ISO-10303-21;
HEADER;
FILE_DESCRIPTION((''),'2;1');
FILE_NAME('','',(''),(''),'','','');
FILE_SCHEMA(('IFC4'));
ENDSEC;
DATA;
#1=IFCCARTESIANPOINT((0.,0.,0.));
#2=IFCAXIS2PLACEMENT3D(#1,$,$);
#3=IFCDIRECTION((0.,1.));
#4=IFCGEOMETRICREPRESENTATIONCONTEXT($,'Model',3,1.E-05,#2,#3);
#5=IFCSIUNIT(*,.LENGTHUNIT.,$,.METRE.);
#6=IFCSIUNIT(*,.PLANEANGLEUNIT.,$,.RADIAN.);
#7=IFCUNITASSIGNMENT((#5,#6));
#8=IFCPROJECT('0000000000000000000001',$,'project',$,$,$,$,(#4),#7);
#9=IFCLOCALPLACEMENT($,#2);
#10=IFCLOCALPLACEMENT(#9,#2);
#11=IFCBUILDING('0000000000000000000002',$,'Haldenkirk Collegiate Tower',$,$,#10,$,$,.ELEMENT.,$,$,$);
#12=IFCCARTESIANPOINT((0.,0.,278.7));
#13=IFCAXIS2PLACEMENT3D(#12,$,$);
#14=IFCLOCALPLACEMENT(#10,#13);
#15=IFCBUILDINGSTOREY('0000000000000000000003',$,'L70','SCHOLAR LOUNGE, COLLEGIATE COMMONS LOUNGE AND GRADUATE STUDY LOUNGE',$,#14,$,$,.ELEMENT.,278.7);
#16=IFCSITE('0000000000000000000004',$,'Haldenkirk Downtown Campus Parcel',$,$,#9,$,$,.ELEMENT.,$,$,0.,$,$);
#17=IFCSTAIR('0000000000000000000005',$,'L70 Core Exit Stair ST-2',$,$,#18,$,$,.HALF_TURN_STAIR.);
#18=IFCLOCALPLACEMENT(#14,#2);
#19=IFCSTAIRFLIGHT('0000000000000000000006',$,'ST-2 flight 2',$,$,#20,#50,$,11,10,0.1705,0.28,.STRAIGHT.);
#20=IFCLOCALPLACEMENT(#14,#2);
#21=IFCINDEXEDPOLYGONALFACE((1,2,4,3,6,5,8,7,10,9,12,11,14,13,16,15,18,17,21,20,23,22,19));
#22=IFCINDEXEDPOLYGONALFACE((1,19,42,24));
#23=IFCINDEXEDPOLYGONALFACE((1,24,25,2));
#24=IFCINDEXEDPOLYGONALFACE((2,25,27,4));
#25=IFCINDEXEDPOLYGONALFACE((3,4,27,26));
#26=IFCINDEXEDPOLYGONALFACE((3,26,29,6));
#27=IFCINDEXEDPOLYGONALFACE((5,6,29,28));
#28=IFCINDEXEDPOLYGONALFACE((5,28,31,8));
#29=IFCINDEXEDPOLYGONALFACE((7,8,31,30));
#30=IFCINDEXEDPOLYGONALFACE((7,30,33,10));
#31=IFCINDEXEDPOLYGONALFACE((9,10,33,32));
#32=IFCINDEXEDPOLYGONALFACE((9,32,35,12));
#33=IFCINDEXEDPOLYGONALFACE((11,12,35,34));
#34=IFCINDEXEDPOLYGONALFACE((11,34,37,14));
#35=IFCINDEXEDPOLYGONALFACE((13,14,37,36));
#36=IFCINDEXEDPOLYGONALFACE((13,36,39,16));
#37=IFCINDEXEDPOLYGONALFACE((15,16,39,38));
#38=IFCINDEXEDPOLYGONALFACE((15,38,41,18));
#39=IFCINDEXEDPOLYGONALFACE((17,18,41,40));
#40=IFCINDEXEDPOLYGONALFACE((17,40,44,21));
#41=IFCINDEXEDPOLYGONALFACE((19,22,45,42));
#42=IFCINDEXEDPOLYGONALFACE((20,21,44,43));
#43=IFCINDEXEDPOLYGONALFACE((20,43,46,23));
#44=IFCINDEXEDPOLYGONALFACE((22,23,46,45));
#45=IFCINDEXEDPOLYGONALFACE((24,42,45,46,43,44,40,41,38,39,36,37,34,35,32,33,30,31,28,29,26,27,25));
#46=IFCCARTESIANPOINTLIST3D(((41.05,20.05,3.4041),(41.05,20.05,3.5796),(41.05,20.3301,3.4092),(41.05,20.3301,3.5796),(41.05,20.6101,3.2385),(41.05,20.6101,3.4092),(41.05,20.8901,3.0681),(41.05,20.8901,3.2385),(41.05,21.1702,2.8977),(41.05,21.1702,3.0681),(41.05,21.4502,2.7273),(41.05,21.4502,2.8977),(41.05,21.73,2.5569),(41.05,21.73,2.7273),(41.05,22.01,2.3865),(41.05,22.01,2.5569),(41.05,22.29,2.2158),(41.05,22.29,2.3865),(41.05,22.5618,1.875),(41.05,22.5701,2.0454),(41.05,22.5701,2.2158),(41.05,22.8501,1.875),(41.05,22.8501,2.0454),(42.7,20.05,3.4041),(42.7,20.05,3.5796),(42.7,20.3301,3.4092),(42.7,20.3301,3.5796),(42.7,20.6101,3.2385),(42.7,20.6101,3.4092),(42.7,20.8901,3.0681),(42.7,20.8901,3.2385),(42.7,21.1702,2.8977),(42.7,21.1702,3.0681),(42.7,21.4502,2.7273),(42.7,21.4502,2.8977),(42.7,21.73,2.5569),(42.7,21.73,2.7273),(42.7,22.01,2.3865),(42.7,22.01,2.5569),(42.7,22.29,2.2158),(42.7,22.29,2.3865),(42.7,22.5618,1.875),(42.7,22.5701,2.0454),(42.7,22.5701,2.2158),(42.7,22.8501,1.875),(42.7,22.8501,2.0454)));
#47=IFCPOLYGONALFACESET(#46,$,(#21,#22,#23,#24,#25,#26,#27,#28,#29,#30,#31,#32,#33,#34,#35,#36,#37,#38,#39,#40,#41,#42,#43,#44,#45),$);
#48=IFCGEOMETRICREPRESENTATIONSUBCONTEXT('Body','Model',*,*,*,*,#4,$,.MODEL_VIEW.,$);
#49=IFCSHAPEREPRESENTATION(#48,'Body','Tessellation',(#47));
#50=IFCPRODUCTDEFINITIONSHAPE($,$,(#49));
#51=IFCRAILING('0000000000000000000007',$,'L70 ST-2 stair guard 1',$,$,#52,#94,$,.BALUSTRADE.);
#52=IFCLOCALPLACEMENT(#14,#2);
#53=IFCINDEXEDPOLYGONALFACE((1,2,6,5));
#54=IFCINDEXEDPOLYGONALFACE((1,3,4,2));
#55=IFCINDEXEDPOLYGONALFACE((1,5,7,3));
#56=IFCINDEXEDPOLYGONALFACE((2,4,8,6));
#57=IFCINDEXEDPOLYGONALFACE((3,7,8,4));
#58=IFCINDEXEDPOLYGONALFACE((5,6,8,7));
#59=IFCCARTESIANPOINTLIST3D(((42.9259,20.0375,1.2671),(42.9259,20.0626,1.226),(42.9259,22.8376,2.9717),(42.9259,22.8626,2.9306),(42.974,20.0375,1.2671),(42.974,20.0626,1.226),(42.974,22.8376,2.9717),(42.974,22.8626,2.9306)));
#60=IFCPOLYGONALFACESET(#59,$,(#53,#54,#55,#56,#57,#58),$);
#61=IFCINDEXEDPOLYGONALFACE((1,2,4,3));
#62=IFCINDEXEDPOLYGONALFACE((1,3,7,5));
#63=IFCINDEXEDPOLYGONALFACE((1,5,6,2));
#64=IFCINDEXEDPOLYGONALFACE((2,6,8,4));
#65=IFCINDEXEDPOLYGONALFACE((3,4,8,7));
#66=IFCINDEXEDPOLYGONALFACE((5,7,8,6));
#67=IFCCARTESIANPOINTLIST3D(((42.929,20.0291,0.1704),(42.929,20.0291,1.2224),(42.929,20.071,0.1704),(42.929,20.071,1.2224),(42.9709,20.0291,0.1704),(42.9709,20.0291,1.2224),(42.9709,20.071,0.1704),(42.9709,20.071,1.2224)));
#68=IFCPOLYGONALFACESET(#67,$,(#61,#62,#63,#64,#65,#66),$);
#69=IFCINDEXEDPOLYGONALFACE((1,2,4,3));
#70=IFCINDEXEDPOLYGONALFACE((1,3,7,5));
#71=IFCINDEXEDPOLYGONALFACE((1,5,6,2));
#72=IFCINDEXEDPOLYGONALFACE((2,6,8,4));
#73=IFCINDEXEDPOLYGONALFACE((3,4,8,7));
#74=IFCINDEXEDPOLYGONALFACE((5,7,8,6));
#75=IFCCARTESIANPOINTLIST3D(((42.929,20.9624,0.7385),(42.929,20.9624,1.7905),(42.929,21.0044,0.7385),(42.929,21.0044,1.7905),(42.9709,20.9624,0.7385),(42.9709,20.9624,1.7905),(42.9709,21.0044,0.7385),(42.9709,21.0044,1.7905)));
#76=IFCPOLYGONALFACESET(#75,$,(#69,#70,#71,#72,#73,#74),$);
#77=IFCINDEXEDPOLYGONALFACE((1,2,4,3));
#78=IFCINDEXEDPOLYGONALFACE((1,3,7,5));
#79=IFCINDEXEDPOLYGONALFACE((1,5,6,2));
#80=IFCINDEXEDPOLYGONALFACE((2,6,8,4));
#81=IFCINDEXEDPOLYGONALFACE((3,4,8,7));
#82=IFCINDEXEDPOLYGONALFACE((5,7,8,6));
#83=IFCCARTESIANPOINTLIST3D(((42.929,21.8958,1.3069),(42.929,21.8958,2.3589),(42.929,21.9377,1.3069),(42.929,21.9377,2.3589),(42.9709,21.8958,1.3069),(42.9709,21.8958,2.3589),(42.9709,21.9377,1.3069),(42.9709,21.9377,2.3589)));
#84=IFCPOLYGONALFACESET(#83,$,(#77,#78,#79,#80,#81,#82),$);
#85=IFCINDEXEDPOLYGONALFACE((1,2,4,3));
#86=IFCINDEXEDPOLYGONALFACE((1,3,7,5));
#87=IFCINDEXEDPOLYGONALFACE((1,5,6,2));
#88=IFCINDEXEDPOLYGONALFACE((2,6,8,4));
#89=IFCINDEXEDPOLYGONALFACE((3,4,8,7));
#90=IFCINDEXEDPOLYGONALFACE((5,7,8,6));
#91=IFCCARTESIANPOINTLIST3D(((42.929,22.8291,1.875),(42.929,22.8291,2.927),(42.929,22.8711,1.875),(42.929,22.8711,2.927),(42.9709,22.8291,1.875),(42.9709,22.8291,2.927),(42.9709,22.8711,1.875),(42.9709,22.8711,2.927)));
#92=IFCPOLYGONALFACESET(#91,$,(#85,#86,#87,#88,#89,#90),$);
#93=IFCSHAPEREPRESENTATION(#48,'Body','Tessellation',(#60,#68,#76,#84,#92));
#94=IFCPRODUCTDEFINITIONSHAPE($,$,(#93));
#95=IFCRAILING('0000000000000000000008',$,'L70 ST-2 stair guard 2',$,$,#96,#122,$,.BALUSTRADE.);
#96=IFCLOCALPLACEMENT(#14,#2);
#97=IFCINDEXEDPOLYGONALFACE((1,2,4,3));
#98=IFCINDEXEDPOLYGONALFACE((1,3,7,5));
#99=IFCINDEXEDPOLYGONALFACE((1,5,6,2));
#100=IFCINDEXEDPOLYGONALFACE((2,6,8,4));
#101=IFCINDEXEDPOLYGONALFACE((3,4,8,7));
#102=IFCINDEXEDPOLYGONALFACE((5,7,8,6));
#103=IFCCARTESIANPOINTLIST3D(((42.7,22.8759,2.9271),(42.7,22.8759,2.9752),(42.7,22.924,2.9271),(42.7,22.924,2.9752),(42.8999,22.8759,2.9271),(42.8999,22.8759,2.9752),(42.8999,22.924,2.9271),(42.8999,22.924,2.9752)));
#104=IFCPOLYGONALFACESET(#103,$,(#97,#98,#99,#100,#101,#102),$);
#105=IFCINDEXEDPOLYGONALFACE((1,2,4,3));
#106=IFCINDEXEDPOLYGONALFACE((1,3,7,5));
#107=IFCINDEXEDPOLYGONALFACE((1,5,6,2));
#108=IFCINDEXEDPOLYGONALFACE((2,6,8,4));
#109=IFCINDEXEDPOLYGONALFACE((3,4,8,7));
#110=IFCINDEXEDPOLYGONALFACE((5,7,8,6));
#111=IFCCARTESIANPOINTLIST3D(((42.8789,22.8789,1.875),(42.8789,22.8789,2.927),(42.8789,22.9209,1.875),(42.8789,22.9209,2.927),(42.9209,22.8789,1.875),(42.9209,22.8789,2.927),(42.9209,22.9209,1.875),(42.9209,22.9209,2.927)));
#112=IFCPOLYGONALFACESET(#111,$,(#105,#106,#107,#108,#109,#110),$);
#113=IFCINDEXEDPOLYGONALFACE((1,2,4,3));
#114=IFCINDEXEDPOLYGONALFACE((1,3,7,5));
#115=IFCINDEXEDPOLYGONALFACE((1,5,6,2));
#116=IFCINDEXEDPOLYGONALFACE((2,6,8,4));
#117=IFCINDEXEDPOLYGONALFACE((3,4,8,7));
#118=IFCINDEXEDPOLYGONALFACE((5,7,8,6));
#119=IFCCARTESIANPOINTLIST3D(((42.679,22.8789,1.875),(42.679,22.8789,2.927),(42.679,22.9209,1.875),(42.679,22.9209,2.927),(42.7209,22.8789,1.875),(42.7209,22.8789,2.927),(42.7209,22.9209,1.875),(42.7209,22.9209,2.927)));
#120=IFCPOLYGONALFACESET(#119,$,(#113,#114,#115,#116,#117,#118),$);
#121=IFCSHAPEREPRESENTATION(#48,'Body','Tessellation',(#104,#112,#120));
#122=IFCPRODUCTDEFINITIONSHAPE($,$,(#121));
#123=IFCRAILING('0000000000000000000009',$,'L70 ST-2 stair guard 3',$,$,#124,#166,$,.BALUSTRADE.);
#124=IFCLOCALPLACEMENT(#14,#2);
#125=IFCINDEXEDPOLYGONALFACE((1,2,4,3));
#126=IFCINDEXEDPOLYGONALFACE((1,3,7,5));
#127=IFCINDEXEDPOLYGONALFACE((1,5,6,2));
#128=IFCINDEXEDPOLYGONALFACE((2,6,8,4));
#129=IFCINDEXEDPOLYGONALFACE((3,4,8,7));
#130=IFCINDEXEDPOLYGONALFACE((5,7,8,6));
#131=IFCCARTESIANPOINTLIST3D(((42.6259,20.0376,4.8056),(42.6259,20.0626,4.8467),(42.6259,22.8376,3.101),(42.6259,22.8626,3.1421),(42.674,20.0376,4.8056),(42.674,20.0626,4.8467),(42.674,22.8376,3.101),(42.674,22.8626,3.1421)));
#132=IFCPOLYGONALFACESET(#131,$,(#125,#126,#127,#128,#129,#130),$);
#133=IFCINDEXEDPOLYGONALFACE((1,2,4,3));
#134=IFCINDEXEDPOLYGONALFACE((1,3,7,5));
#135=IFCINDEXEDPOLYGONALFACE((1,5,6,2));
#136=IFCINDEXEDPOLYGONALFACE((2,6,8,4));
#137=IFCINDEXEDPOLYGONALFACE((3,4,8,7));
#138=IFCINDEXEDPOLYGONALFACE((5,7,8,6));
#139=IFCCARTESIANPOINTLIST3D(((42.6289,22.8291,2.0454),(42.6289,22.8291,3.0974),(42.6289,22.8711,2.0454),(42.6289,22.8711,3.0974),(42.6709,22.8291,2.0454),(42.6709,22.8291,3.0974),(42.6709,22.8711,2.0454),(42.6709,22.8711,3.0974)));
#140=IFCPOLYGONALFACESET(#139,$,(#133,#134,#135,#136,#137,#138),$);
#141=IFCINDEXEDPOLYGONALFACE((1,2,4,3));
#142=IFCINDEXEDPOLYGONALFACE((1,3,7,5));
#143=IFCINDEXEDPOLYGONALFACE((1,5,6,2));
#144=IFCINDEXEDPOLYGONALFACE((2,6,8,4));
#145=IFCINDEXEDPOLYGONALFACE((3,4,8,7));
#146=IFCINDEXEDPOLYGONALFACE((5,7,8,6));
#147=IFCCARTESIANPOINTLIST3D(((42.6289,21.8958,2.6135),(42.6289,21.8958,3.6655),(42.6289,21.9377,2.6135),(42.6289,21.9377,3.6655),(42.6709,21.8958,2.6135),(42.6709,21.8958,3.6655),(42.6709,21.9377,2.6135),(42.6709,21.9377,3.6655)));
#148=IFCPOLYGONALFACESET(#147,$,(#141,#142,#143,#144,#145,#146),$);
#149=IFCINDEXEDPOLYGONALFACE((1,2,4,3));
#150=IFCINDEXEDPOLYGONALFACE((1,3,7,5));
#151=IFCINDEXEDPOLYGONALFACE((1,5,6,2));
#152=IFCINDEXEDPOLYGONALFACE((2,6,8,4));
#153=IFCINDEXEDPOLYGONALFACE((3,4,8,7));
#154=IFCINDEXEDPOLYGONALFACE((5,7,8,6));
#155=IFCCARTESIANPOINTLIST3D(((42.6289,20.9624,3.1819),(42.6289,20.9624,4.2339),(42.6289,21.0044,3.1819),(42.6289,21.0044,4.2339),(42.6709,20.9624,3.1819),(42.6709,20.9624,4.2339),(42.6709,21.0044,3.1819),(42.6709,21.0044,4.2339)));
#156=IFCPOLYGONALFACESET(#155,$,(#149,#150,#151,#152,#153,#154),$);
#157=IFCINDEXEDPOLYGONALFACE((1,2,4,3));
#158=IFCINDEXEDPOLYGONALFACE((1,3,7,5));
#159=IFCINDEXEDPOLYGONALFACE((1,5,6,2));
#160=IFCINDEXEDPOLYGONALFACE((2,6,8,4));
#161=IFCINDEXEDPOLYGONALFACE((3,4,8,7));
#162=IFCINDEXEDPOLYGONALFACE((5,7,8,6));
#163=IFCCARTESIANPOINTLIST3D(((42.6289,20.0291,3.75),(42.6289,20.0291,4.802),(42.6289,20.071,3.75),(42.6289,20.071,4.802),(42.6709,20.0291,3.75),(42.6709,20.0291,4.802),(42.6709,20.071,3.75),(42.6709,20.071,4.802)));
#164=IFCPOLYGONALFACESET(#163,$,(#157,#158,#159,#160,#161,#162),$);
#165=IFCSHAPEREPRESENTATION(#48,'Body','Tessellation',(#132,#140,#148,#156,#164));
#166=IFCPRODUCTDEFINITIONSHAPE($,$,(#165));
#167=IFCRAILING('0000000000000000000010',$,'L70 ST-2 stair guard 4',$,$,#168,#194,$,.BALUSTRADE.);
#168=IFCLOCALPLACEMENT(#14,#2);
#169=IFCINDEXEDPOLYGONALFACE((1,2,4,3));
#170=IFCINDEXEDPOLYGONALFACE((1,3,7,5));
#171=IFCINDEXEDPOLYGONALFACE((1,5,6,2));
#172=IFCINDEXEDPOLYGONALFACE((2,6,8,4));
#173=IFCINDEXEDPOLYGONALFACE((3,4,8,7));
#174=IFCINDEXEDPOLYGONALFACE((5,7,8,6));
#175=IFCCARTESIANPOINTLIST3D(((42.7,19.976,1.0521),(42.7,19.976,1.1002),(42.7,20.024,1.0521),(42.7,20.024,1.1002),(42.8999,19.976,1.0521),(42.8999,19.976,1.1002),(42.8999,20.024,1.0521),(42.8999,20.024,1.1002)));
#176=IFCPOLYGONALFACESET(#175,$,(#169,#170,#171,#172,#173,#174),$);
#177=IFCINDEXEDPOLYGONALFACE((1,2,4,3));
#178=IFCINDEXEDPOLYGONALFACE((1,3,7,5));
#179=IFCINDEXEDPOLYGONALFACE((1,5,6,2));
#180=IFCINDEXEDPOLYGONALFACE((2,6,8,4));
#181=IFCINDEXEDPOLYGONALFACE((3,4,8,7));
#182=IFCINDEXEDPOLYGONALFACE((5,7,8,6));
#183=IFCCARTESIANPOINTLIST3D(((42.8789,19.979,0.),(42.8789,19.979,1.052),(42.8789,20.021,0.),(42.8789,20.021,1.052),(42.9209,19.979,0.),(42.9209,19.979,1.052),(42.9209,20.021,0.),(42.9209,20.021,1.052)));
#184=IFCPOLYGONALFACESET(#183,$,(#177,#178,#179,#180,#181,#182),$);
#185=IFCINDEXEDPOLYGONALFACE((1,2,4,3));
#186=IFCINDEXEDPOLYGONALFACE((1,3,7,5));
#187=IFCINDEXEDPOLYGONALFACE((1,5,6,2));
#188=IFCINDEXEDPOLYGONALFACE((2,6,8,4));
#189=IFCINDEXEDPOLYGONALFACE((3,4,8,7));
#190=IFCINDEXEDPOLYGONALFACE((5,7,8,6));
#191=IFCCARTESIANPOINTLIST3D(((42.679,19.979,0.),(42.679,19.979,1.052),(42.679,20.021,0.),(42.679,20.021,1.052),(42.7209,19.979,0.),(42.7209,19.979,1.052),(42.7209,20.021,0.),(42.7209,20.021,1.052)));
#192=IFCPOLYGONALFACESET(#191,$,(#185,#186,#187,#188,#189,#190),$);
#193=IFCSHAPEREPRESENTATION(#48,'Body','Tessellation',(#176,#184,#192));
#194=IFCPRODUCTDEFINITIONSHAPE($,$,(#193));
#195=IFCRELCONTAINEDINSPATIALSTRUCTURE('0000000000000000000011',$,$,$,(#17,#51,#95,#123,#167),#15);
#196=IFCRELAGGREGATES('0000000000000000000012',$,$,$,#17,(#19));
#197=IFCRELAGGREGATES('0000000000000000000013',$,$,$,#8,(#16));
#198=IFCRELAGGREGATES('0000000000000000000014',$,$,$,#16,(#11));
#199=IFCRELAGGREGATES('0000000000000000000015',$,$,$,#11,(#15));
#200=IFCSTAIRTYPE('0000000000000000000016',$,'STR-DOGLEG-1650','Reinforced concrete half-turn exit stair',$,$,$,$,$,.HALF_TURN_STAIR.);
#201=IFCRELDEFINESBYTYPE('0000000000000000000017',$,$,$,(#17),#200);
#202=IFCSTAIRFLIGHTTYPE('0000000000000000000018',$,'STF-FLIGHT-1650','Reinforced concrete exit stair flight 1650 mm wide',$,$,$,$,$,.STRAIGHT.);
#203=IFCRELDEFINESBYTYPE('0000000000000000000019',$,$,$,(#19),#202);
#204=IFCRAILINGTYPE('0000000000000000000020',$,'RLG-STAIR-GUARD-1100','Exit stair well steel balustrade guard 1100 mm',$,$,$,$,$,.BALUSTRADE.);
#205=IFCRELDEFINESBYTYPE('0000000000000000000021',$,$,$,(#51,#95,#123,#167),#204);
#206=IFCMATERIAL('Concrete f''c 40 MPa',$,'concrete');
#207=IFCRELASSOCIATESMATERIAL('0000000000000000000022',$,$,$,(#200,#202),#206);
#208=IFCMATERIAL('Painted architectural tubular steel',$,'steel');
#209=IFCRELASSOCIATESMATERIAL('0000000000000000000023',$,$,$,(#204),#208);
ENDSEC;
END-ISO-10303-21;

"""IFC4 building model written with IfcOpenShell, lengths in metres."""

from ifc_helpers import new_model, si_unit, direction, frame, origin, origin_2d, place, context, subcontext, project, spatial, polyline, rectangle, outline, extrude, material, type_object, element, aggregate, save


model = new_model("IFC4")

# Units and contexts
model_context = context("Model", 3, precision=1e-05, world=origin(), true_north=direction((0.0, 1.0)))
body_context = subcontext(model_context, "Body", "Model", "MODEL_VIEW")
ifc_project = project(units=[si_unit("LENGTHUNIT", "METRE"), si_unit("PLANEANGLEUNIT", "RADIAN")], contexts=[model_context])

# Site, building, storey
site_placement = place(None, origin())
site = spatial("IfcSite", under=ifc_project, at=site_placement, Name="Haldenkirk Downtown Campus Parcel", CompositionType="ELEMENT", RefElevation=0.0)
building_placement = place(site_placement, origin())
building = spatial("IfcBuilding", under=site, at=building_placement, Name="Haldenkirk Collegiate Tower", CompositionType="ELEMENT")
storey_placement = place(building_placement, frame((0.0, 0.0, 278.7)))
storey = spatial("IfcBuildingStorey", under=building, at=storey_placement, Name="L70", Description="SCHOLAR LOUNGE, COLLEGIATE COMMONS LOUNGE AND GRADUATE STUDY LOUNGE", CompositionType="ELEMENT", Elevation=278.7)

# Stair, stair flight
ifc_material_1 = material(Name="Concrete f'c 40 MPa", Category="concrete")
stair_type = type_object("IfcStairType", Name="STR-DOGLEG-1650", Description="Reinforced concrete half-turn exit stair", PredefinedType="HALF_TURN_STAIR", material=ifc_material_1)
stair_placement = place(storey_placement, origin())
stair = element("IfcStair", 1, at=stair_placement, inside=storey, type_object=stair_type, Name="L70 Core Exit Stair ST-2", PredefinedType="HALF_TURN_STAIR")
stair_flight_type = type_object("IfcStairFlightType", Name="STF-FLIGHT-1650", Description="Reinforced concrete exit stair flight 1650 mm wide", PredefinedType="STRAIGHT", material=ifc_material_1)
stair_flight_1_placement = place(storey_placement, frame((41.875, 22.8501, 1.875), z_axis=(0.0, 0.0, 1.0), x_axis=(0.0, -1.0, 0.0)))
stair_flight_1 = element("IfcStairFlight", 2, at=stair_flight_1_placement, type_object=stair_flight_type, Name="ST-2 flight 2", NumberOfRisers=11, NumberOfTreads=10, PredefinedType="STRAIGHT", RiserHeight=0.1705, TreadLength=0.28, context=body_context, shape_type="SweptSolid", body=[
    extrude(outline(polyline([(0.0, 0.0), (0.0, 0.1704), (0.28, 0.1704), (0.28, 0.3408), (0.5601, 0.3408), (0.5601, 0.5115), (0.8401, 0.5115), (0.8401, 0.6819), (1.1201, 0.6819), (1.1201, 0.8523), (1.3999, 0.8523), (1.3999, 1.0227), (1.6799, 1.0227), (1.6799, 1.1931), (1.96, 1.1931), (1.96, 1.3635), (2.24, 1.3635), (2.24, 1.5342), (2.52, 1.5342), (2.52, 1.7046), (2.8, 1.7046), (2.8, 1.875), (2.8, 1.5291), (0.2883, 0.0), (0.0, 0.0)])), frame((0.0, 0.825, 0.0), z_axis=(0.0, -1.0, 0.0), x_axis=(1.0, 0.0, 0.0)), (0.0, 0.0, 1.0), 1.6499),
])
aggregate(stair, [stair_flight_1])

# Railings
ifc_material_2 = material(Name="Painted architectural tubular steel", Category="steel")
railing_type_1 = type_object("IfcRailingType", Name="RLG-STAIR-GUARD-1100", Description="Exit stair well steel balustrade guard 1100 mm", PredefinedType="BALUSTRADE", material=ifc_material_2)
railing_1_placement = place(storey_placement, frame((42.95, 20.05, 0.1704)))
element("IfcRailing", 3, at=railing_1_placement, inside=storey, type_object=railing_type_1, Name="L70 ST-2 stair guard 1", PredefinedType="BALUSTRADE", context=body_context, shape_type="SweptSolid", body=[
    extrude(rectangle(XDim=0.0481, YDim=0.0481, at=origin_2d()), frame((0.0, 0.0, 1.0762), z_axis=(0.0, 0.85417, 0.519994), x_axis=(-1.0, 0.0, 0.0)), (0.0, 0.0, 1.0), 3.2781),
    extrude(rectangle(XDim=0.042, YDim=0.042, at=origin_2d()), origin(), (0.0, 0.0, 1.0), 1.052),
    extrude(rectangle(XDim=0.042, YDim=0.042, at=origin_2d()), frame((0.0, 0.9333, 0.5681)), (0.0, 0.0, 1.0), 1.052),
    extrude(rectangle(XDim=0.042, YDim=0.042, at=origin_2d()), frame((0.0, 1.8667, 1.1365)), (0.0, 0.0, 1.0), 1.052),
    extrude(rectangle(XDim=0.042, YDim=0.042, at=origin_2d()), frame((0.0, 2.8, 1.7046)), (0.0, 0.0, 1.0), 1.052),
])
railing_2_placement = place(storey_placement, frame((42.8999, 22.8999, 1.875)))
element("IfcRailing", 4, at=railing_2_placement, inside=storey, type_object=railing_type_1, Name="L70 ST-2 stair guard 2", PredefinedType="BALUSTRADE", context=body_context, shape_type="SweptSolid", body=[
    extrude(rectangle(XDim=0.0481, YDim=0.0481, at=origin_2d()), frame((0.0, 0.0, 1.0762), z_axis=(-1.0, 0.0, 0.0), x_axis=(0.0, -1.0, 0.0)), (0.0, 0.0, 1.0), 0.2),
    extrude(rectangle(XDim=0.042, YDim=0.042, at=origin_2d()), origin(), (0.0, 0.0, 1.0), 1.052),
    extrude(rectangle(XDim=0.042, YDim=0.042, at=origin_2d()), frame((-0.2, 0.0, 0.0)), (0.0, 0.0, 1.0), 1.052),
])
railing_3_placement = place(storey_placement, frame((42.6499, 22.8501, 2.0454)))
element("IfcRailing", 5, at=railing_3_placement, inside=storey, type_object=railing_type_1, Name="L70 ST-2 stair guard 3", PredefinedType="BALUSTRADE", context=body_context, shape_type="SweptSolid", body=[
    extrude(rectangle(XDim=0.0481, YDim=0.0481, at=origin_2d()), frame((0.0, 0.0, 1.0762), z_axis=(0.0, -0.85417, 0.519994), x_axis=(1.0, 0.0, 0.0)), (0.0, 0.0, 1.0), 3.2781),
    extrude(rectangle(XDim=0.042, YDim=0.042, at=origin_2d()), origin(), (0.0, 0.0, 1.0), 1.052),
    extrude(rectangle(XDim=0.042, YDim=0.042, at=origin_2d()), frame((0.0, -0.9333, 0.5681)), (0.0, 0.0, 1.0), 1.052),
    extrude(rectangle(XDim=0.042, YDim=0.042, at=origin_2d()), frame((0.0, -1.8667, 1.1365)), (0.0, 0.0, 1.0), 1.052),
    extrude(rectangle(XDim=0.042, YDim=0.042, at=origin_2d()), frame((0.0, -2.8, 1.7046)), (0.0, 0.0, 1.0), 1.052),
])
railing_4_placement = place(storey_placement, frame((42.8999, 20.0, 0.0)))
element("IfcRailing", 6, at=railing_4_placement, inside=storey, type_object=railing_type_1, Name="L70 ST-2 stair guard 4", PredefinedType="BALUSTRADE", context=body_context, shape_type="SweptSolid", body=[
    extrude(rectangle(XDim=0.0481, YDim=0.0481, at=origin_2d()), frame((0.0, 0.0, 1.0762), z_axis=(-1.0, 0.0, 0.0), x_axis=(0.0, -1.0, 0.0)), (0.0, 0.0, 1.0), 0.2),
    extrude(rectangle(XDim=0.042, YDim=0.042, at=origin_2d()), origin(), (0.0, 0.0, 1.0), 1.052),
    extrude(rectangle(XDim=0.042, YDim=0.042, at=origin_2d()), frame((-0.2, 0.0, 0.0)), (0.0, 0.0, 1.0), 1.052),
])

save(model, "model.ifc")
